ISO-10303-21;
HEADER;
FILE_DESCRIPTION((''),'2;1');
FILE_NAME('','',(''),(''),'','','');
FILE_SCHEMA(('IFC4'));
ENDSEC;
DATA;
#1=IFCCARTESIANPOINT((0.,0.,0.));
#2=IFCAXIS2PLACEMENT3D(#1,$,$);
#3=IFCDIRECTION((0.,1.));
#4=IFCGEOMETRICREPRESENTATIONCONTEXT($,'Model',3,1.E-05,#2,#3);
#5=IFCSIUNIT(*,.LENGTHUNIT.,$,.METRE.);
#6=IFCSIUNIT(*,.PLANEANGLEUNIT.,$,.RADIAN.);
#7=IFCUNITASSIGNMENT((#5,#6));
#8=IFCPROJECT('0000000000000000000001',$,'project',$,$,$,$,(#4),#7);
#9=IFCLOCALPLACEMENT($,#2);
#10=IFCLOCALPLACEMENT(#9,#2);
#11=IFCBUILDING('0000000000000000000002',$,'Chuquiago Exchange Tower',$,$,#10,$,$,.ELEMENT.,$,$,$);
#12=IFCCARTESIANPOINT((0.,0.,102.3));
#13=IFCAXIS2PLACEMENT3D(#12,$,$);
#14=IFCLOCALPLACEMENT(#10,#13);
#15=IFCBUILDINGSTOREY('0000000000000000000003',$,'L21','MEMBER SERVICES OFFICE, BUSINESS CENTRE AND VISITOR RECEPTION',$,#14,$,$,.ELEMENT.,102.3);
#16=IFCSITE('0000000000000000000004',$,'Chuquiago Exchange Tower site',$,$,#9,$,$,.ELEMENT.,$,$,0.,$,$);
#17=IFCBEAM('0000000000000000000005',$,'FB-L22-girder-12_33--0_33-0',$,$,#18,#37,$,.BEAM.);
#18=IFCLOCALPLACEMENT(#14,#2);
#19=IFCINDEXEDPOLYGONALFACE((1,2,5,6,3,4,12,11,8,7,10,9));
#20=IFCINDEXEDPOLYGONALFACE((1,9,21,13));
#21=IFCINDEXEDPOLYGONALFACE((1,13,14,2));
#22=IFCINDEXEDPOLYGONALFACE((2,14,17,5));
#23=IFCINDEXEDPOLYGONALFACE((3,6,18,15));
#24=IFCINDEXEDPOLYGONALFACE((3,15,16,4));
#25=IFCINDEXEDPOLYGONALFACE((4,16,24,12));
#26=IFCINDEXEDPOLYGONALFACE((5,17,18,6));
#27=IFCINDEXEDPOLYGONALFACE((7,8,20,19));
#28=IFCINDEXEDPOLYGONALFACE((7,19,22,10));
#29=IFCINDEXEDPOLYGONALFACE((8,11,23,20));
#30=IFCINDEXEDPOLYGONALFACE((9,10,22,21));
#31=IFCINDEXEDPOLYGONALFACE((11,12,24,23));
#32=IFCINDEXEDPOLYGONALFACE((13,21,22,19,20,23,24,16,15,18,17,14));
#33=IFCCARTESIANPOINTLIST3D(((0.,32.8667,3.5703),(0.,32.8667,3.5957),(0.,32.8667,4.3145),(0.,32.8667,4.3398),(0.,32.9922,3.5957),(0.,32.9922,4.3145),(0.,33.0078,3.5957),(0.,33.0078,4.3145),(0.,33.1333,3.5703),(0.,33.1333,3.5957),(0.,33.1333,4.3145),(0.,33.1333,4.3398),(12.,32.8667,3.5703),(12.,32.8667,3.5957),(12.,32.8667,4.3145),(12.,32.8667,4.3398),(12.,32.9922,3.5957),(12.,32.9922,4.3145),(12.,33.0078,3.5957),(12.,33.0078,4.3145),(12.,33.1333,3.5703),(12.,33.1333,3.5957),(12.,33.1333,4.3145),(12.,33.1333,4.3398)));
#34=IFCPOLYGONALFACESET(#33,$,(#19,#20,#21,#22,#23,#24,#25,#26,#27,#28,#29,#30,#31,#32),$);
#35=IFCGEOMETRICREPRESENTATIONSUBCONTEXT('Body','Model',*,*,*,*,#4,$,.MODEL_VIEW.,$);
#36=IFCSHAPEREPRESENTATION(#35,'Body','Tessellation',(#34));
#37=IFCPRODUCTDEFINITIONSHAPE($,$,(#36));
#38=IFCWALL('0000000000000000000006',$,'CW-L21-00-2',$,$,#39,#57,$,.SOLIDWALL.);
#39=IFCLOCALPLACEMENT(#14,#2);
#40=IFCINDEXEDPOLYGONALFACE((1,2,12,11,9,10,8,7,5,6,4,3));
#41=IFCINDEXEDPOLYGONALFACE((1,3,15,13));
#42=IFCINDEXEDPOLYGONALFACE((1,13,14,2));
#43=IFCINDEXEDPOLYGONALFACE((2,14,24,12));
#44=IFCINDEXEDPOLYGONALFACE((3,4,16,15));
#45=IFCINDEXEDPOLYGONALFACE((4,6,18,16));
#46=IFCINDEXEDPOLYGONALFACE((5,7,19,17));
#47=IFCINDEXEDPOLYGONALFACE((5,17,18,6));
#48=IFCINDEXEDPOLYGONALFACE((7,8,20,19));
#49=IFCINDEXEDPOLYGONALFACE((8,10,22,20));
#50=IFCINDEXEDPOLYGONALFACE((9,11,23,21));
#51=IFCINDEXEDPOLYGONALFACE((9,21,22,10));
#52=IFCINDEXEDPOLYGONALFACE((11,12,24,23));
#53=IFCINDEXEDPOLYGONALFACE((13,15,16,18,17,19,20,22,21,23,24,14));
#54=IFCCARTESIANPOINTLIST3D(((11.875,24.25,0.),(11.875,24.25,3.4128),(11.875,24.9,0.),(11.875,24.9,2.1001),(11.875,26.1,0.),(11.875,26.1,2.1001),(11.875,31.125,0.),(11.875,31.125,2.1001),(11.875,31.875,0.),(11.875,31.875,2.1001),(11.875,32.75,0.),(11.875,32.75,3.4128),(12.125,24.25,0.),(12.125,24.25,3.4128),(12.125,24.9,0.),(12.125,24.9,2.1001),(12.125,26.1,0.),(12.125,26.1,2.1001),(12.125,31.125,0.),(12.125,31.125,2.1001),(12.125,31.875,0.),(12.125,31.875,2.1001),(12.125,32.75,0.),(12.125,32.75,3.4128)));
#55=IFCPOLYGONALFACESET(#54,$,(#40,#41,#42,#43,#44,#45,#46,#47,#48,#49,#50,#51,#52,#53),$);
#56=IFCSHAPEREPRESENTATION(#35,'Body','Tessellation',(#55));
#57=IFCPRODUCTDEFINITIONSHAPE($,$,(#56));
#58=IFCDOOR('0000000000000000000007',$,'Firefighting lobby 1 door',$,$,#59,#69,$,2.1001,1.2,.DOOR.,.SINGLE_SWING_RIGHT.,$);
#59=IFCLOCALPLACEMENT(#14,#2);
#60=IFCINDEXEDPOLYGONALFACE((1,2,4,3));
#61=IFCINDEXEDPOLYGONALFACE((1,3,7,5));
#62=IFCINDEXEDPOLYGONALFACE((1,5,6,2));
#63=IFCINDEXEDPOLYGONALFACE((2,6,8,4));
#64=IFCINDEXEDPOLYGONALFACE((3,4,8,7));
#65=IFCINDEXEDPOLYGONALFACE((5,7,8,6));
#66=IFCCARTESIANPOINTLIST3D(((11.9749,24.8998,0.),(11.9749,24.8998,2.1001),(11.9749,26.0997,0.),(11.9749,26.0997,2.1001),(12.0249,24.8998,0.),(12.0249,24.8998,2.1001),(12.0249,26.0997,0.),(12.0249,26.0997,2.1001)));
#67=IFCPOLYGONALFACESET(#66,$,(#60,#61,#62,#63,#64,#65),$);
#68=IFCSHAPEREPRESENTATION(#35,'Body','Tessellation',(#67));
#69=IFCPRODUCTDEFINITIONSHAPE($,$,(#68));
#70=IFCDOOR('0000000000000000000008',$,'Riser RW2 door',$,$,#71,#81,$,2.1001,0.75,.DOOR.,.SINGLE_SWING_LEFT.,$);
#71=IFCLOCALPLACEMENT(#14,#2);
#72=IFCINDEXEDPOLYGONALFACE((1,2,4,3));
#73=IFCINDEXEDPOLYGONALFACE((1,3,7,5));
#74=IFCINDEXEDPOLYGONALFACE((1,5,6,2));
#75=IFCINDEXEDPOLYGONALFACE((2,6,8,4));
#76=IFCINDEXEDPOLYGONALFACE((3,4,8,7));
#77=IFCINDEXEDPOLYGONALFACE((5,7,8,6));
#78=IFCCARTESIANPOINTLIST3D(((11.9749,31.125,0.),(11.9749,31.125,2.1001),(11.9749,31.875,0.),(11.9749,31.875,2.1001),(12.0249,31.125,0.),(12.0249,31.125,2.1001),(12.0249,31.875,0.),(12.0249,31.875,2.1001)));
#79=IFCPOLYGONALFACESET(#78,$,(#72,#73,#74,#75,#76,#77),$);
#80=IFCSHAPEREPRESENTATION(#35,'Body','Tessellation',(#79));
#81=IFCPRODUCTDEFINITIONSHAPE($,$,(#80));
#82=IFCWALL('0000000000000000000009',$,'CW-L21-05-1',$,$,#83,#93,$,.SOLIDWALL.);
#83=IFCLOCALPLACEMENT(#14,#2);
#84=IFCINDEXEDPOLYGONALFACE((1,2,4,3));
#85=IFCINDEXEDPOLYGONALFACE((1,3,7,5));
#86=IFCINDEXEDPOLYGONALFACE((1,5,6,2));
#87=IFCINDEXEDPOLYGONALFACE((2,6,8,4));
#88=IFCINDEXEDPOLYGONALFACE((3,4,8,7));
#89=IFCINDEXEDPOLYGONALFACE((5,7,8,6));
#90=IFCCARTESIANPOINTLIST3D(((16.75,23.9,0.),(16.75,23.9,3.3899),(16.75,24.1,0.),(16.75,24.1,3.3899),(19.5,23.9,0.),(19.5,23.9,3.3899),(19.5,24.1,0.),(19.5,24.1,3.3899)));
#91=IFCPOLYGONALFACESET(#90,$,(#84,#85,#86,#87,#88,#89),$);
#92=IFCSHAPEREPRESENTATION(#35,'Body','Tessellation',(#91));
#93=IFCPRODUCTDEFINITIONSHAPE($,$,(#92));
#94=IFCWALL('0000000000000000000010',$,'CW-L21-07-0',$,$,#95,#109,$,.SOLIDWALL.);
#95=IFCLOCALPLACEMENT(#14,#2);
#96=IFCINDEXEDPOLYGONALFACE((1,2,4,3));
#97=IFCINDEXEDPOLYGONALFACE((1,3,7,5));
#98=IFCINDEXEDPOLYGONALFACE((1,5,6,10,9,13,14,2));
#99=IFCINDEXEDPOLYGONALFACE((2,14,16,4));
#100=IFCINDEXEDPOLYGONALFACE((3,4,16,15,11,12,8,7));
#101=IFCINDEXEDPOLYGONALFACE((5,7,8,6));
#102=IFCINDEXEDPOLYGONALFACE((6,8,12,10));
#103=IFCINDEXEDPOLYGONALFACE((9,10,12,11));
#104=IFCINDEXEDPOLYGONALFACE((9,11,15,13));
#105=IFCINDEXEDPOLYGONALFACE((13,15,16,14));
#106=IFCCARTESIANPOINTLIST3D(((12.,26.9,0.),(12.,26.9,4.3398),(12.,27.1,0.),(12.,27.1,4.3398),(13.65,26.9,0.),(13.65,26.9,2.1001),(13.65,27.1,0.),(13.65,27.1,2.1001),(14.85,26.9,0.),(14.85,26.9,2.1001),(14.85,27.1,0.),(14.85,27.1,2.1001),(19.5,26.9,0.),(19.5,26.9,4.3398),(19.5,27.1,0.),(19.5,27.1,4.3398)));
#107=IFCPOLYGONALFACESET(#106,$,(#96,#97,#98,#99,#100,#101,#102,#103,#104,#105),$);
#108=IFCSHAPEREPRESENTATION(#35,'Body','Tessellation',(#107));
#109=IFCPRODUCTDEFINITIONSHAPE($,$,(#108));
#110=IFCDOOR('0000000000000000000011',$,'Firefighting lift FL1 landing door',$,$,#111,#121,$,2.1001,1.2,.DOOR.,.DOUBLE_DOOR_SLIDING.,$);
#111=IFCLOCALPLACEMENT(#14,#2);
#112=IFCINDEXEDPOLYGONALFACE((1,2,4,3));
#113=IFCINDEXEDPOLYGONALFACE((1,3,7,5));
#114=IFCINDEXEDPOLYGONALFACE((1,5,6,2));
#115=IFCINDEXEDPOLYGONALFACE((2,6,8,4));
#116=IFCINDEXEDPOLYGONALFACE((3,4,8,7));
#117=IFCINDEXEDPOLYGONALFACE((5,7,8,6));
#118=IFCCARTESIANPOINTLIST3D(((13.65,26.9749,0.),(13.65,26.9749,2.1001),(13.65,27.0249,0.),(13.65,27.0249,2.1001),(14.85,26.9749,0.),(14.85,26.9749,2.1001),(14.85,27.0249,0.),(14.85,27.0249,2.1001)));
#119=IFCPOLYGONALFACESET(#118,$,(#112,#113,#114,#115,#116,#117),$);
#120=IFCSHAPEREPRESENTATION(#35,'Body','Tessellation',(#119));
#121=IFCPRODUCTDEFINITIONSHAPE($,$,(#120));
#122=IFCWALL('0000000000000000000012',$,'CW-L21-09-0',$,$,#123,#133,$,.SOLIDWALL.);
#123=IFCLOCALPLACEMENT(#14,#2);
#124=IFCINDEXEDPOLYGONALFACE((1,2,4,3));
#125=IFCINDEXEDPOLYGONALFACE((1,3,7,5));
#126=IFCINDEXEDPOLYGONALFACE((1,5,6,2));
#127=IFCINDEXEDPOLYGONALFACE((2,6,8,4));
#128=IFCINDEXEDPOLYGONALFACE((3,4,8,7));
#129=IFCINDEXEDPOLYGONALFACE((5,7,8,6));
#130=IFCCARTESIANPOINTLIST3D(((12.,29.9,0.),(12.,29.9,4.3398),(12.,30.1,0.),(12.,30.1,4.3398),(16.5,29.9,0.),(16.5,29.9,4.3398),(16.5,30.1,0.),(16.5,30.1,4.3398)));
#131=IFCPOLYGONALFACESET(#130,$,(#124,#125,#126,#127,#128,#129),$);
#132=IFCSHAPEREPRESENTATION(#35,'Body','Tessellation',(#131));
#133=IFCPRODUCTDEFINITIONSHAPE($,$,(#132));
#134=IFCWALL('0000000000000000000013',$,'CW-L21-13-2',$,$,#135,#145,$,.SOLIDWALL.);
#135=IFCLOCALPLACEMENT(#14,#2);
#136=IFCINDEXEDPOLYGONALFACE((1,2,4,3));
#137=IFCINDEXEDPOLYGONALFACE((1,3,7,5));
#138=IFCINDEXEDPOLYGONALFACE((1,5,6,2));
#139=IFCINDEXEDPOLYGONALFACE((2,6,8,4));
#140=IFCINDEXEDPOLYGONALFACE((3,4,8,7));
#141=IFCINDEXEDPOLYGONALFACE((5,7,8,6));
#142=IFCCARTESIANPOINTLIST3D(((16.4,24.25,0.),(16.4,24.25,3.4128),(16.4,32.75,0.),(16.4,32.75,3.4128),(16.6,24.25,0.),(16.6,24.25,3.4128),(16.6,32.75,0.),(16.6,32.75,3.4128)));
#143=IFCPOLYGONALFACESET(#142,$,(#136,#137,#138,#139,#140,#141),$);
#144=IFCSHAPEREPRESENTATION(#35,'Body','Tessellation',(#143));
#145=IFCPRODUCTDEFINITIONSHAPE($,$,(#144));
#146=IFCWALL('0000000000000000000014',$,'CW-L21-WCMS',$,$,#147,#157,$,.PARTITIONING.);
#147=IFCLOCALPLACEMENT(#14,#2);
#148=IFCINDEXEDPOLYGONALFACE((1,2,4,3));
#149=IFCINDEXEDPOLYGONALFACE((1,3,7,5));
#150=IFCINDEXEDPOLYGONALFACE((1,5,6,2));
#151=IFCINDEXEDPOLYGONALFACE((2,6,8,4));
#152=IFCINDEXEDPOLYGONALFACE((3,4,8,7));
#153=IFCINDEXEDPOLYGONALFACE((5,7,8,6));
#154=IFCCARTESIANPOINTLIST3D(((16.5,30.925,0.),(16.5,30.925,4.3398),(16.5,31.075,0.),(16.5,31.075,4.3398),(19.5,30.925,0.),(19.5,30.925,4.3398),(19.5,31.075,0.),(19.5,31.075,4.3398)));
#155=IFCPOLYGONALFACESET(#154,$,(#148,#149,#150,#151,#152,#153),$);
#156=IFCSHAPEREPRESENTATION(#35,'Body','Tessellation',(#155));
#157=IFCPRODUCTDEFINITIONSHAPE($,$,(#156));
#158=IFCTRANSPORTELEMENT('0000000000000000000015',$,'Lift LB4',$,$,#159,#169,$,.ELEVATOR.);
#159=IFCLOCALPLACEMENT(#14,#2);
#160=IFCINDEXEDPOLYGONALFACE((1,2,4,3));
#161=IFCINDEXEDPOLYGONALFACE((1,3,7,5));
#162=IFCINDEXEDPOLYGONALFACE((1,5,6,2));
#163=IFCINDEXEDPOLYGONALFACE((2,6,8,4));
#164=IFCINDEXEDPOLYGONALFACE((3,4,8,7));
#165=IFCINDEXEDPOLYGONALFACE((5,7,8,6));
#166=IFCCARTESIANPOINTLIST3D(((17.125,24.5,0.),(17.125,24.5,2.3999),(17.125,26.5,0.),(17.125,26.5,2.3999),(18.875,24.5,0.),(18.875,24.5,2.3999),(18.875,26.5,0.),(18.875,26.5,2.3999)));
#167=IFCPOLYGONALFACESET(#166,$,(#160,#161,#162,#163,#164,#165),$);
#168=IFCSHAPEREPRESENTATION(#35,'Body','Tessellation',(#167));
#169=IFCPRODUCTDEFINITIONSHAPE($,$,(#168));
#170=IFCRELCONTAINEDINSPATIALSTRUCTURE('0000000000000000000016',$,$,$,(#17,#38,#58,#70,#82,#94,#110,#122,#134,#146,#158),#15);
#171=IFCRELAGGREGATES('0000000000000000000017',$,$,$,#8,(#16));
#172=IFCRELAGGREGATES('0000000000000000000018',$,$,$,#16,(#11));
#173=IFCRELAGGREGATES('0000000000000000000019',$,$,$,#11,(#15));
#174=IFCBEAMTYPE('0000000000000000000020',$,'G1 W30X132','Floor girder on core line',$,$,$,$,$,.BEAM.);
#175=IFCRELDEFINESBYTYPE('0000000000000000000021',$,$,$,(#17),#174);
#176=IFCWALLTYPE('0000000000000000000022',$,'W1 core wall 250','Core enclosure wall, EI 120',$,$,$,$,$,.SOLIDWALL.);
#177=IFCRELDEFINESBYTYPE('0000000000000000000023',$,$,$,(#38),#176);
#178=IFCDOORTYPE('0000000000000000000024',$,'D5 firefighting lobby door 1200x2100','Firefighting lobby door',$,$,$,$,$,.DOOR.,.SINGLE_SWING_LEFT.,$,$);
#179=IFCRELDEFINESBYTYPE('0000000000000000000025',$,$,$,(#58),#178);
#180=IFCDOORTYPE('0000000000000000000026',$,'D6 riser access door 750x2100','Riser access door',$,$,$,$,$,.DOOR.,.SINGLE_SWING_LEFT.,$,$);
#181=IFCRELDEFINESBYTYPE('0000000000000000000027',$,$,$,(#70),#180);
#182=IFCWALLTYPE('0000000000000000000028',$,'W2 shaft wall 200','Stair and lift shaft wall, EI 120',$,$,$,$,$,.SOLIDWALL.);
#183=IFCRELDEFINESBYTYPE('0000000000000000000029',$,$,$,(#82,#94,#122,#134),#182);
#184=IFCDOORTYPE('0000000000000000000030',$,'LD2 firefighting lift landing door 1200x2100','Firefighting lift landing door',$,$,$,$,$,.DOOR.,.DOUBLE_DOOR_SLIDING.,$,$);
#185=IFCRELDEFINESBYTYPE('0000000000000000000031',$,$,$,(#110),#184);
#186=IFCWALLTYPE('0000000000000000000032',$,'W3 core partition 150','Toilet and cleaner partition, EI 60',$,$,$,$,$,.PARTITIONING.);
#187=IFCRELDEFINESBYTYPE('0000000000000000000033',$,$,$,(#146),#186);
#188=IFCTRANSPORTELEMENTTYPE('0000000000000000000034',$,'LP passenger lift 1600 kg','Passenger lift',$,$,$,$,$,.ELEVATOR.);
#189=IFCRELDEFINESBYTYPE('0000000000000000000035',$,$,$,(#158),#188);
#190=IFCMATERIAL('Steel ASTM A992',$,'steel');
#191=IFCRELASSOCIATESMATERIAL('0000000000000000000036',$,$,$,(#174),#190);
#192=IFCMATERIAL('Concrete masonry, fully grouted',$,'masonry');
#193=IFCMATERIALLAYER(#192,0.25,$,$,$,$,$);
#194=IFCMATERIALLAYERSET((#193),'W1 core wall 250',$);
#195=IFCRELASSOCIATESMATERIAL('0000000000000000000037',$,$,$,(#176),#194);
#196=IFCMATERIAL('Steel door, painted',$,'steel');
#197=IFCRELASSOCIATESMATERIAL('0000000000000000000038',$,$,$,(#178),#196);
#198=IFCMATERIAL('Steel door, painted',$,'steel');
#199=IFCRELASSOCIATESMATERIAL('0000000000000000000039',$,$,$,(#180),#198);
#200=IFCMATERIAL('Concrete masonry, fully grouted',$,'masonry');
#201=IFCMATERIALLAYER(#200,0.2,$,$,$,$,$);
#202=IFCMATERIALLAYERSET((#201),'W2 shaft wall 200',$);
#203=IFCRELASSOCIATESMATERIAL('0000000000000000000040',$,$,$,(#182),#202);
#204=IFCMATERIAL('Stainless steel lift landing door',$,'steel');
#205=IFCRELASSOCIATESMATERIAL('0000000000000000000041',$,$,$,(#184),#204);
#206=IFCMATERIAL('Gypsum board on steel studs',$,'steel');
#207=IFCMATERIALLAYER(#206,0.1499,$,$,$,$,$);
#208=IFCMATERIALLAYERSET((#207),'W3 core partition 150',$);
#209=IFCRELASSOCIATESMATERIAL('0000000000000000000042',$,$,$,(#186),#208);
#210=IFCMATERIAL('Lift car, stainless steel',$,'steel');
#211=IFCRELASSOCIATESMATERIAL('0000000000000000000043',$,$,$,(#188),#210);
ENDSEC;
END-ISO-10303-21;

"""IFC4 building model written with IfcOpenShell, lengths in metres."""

from ifc_helpers import new_model, si_unit, direction, frame, frame_2d, origin, origin_2d, place, context, subcontext, project, spatial, rectangle, i_section, extrude, material, layer, layer_set, material_profile, profile_set, type_object, element, fill, save


model = new_model("IFC4")

# Units and contexts
model_context = context("Model", 3, precision=1e-05, world=origin(), true_north=direction((0.0, 1.0)))
body_context = subcontext(model_context, "Body", "Model", "MODEL_VIEW")
ifc_project = project(units=[si_unit("LENGTHUNIT", "METRE"), si_unit("PLANEANGLEUNIT", "RADIAN")], contexts=[model_context])

# Site, building, storey
site_placement = place(None, origin())
site = spatial("IfcSite", under=ifc_project, at=site_placement, Name="Chuquiago Exchange Tower site", CompositionType="ELEMENT", RefElevation=0.0)
building_placement = place(site_placement, origin())
building = spatial("IfcBuilding", under=site, at=building_placement, Name="Chuquiago Exchange Tower", CompositionType="ELEMENT")
storey_placement = place(building_placement, frame((0.0, 0.0, 102.3)))
storey = spatial("IfcBuildingStorey", under=building, at=storey_placement, Name="L21", Description="MEMBER SERVICES OFFICE, BUSINESS CENTRE AND VISITOR RECEPTION", CompositionType="ELEMENT", Elevation=102.3)

# Beam
ifc_material_1 = material(Name="Steel ASTM A992", Category="steel")
ifc_material_profile_1 = material_profile(ifc_material_1, i_section(OverallWidth=0.2666, OverallDepth=0.7695, WebThickness=0.0156, FlangeThickness=0.0254, at=origin_2d()), Name="W30X132")
ifc_profile_set_1 = profile_set([ifc_material_profile_1], Name="Steel ASTM A992")
beam_type_1 = type_object("IfcBeamType", Name="G1 W30X132", Description="Floor girder on core line", PredefinedType="BEAM", material=ifc_profile_set_1)
for number, where, z_axis, x_axis, name in (
    (1, (12.0, 33.0, 3.9551), (-1.0, 0.0, 0.0), (0.0, -1.0, 0.0), "FB-L22-girder-12_33--0_33-0"),
):
    element("IfcBeam", number, at=place(storey_placement, frame(where, z_axis=z_axis, x_axis=x_axis)), inside=storey, type_object=beam_type_1, Name=name, PredefinedType="BEAM", context=body_context, shape_type="SweptSolid", body=[
        extrude(i_section(OverallWidth=0.2666, OverallDepth=0.7695, WebThickness=0.0156, FlangeThickness=0.0254, at=origin_2d()), origin(), (0.0, 0.0, 1.0), 12.0),
    ])

# Wall, openings, doors
ifc_material_2 = material(Name="Concrete masonry, fully grouted", Category="masonry")
ifc_layer_1 = layer(ifc_material_2, 0.25)
ifc_layer_set_1 = layer_set([ifc_layer_1], Name="W1 core wall 250")
wall_type_1 = type_object("IfcWallType", Name="W1 core wall 250", Description="Core enclosure wall, EI 120", PredefinedType="SOLIDWALL", material=ifc_layer_set_1)
wall_1_placement = place(storey_placement, frame((12.0, 24.25, 0.0), z_axis=(0.0, 0.0, 1.0), x_axis=(0.0, 1.0, 0.0)))
wall_1 = element("IfcWall", 2, at=wall_1_placement, inside=storey, type_object=wall_type_1, Name="CW-L21-00-2", PredefinedType="SOLIDWALL", context=body_context, shape_type="SweptSolid", body=[
    extrude(rectangle(XDim=8.5, YDim=0.25, at=frame_2d((4.25, 0.0))), origin(), (0.0, 0.0, 1.0), 3.4128),
])
opening_1_placement = place(wall_1_placement, frame((0.6499, 0.0, 0.0)))
opening_1 = element("IfcOpeningElement", 3, at=opening_1_placement, cuts=wall_1, PredefinedType="OPENING", context=body_context, shape_type="SweptSolid", body=[
    extrude(rectangle(XDim=1.2, YDim=2.1001, at=frame_2d((0.6001, 1.05))), frame((0.0, 0.135, 0.0), z_axis=(0.0, -1.0, 0.0), x_axis=(1.0, 0.0, 0.0)), (0.0, 0.0, 1.0), 0.27),
])
opening_2_placement = place(wall_1_placement, frame((6.875, 0.0, 0.0)))
opening_2 = element("IfcOpeningElement", 4, at=opening_2_placement, cuts=wall_1, PredefinedType="OPENING", context=body_context, shape_type="SweptSolid", body=[
    extrude(rectangle(XDim=0.75, YDim=2.1001, at=frame_2d((0.375, 1.05))), frame((0.0, 0.135, 0.0), z_axis=(0.0, -1.0, 0.0), x_axis=(1.0, 0.0, 0.0)), (0.0, 0.0, 1.0), 0.27),
])
ifc_material_3 = material(Name="Steel door, painted", Category="steel")
door_type_1 = type_object("IfcDoorType", Name="D5 firefighting lobby door 1200x2100", Description="Firefighting lobby door", OperationType="SINGLE_SWING_LEFT", PredefinedType="DOOR", material=ifc_material_3)
door_1_placement = place(opening_1_placement, frame((1.2, 0.0, 0.0), z_axis=(0.0, 0.0, 1.0), x_axis=(-1.0, 0.0, 0.0)))
door_1 = element("IfcDoor", 5, at=door_1_placement, inside=storey, type_object=door_type_1, Name="Firefighting lobby 1 door", OperationType="SINGLE_SWING_RIGHT", OverallHeight=2.1001, OverallWidth=1.2, PredefinedType="DOOR", context=body_context, shape_type="SweptSolid", body=[
    extrude(rectangle(XDim=1.2, YDim=2.1001, at=frame_2d((0.6001, 1.05))), frame((0.0, 0.0249, 0.0), z_axis=(0.0, -1.0, 0.0), x_axis=(1.0, 0.0, 0.0)), (0.0, 0.0, 1.0), 0.05),
])
fill(opening_1, door_1)
ifc_material_4 = material(Name="Steel door, painted", Category="steel")
door_type_2 = type_object("IfcDoorType", Name="D6 riser access door 750x2100", Description="Riser access door", OperationType="SINGLE_SWING_LEFT", PredefinedType="DOOR", material=ifc_material_4)
door_2_placement = place(opening_2_placement, frame((0.75, 0.0, 0.0), z_axis=(0.0, 0.0, 1.0), x_axis=(-1.0, 0.0, 0.0)))
door_2 = element("IfcDoor", 6, at=door_2_placement, inside=storey, type_object=door_type_2, Name="Riser RW2 door", OperationType="SINGLE_SWING_LEFT", OverallHeight=2.1001, OverallWidth=0.75, PredefinedType="DOOR", context=body_context, shape_type="SweptSolid", body=[
    extrude(rectangle(XDim=0.75, YDim=2.1001, at=frame_2d((0.375, 1.05))), frame((0.0, 0.0249, 0.0), z_axis=(0.0, -1.0, 0.0), x_axis=(1.0, 0.0, 0.0)), (0.0, 0.0, 1.0), 0.05),
])
fill(opening_2, door_2)

# Wall
ifc_material_5 = material(Name="Concrete masonry, fully grouted", Category="masonry")
ifc_layer_2 = layer(ifc_material_5, 0.2)
ifc_layer_set_2 = layer_set([ifc_layer_2], Name="W2 shaft wall 200")
wall_type_2 = type_object("IfcWallType", Name="W2 shaft wall 200", Description="Stair and lift shaft wall, EI 120", PredefinedType="SOLIDWALL", material=ifc_layer_set_2)
wall_2_placement = place(storey_placement, frame((16.75, 24.0, 0.0), z_axis=(0.0, 0.0, 1.0), x_axis=(1.0, 0.0, 0.0)))
element("IfcWall", 7, at=wall_2_placement, inside=storey, type_object=wall_type_2, Name="CW-L21-05-1", PredefinedType="SOLIDWALL", context=body_context, shape_type="SweptSolid", body=[
    extrude(rectangle(XDim=2.75, YDim=0.2, at=frame_2d((1.375, 0.0))), origin(), (0.0, 0.0, 1.0), 3.3899),
])

# Wall, opening, door
wall_3_placement = place(storey_placement, frame((12.0, 27.0, 0.0), z_axis=(0.0, 0.0, 1.0), x_axis=(1.0, 0.0, 0.0)))
wall_3 = element("IfcWall", 8, at=wall_3_placement, inside=storey, type_object=wall_type_2, Name="CW-L21-07-0", PredefinedType="SOLIDWALL", context=body_context, shape_type="SweptSolid", body=[
    extrude(rectangle(XDim=7.5, YDim=0.2, at=frame_2d((3.75, 0.0))), origin(), (0.0, 0.0, 1.0), 4.3398),
])
opening_3_placement = place(wall_3_placement, frame((1.6499, 0.0, 0.0)))
opening_3 = element("IfcOpeningElement", 9, at=opening_3_placement, cuts=wall_3, PredefinedType="OPENING", context=body_context, shape_type="SweptSolid", body=[
    extrude(rectangle(XDim=1.2, YDim=2.1001, at=frame_2d((0.6001, 1.05))), frame((0.0, 0.1099, 0.0), z_axis=(0.0, -1.0, 0.0), x_axis=(1.0, 0.0, 0.0)), (0.0, 0.0, 1.0), 0.22),
])
ifc_material_6 = material(Name="Stainless steel lift landing door", Category="steel")
door_type_3 = type_object("IfcDoorType", Name="LD2 firefighting lift landing door 1200x2100", Description="Firefighting lift landing door", OperationType="DOUBLE_DOOR_SLIDING", PredefinedType="DOOR", material=ifc_material_6)
door_3_placement = place(opening_3_placement, origin())
door_3 = element("IfcDoor", 10, at=door_3_placement, inside=storey, type_object=door_type_3, Name="Firefighting lift FL1 landing door", OperationType="DOUBLE_DOOR_SLIDING", OverallHeight=2.1001, OverallWidth=1.2, PredefinedType="DOOR", context=body_context, shape_type="SweptSolid", body=[
    extrude(rectangle(XDim=1.2, YDim=2.1001, at=frame_2d((0.6001, 1.05))), frame((0.0, 0.0249, 0.0), z_axis=(0.0, -1.0, 0.0), x_axis=(1.0, 0.0, 0.0)), (0.0, 0.0, 1.0), 0.05),
])
fill(opening_3, door_3)

# Walls
wall_4_placement = place(storey_placement, frame((12.0, 30.0, 0.0), z_axis=(0.0, 0.0, 1.0), x_axis=(1.0, 0.0, 0.0)))
element("IfcWall", 11, at=wall_4_placement, inside=storey, type_object=wall_type_2, Name="CW-L21-09-0", PredefinedType="SOLIDWALL", context=body_context, shape_type="SweptSolid", body=[
    extrude(rectangle(XDim=4.5, YDim=0.2, at=frame_2d((2.25, 0.0))), origin(), (0.0, 0.0, 1.0), 4.3398),
])
wall_5_placement = place(storey_placement, frame((16.5, 24.25, 0.0), z_axis=(0.0, 0.0, 1.0), x_axis=(0.0, 1.0, 0.0)))
element("IfcWall", 12, at=wall_5_placement, inside=storey, type_object=wall_type_2, Name="CW-L21-13-2", PredefinedType="SOLIDWALL", context=body_context, shape_type="SweptSolid", body=[
    extrude(rectangle(XDim=8.5, YDim=0.2, at=frame_2d((4.25, 0.0))), origin(), (0.0, 0.0, 1.0), 3.4128),
])
ifc_material_7 = material(Name="Gypsum board on steel studs", Category="steel")
ifc_layer_3 = layer(ifc_material_7, 0.1499)
ifc_layer_set_3 = layer_set([ifc_layer_3], Name="W3 core partition 150")
wall_type_3 = type_object("IfcWallType", Name="W3 core partition 150", Description="Toilet and cleaner partition, EI 60", PredefinedType="PARTITIONING", material=ifc_layer_set_3)
wall_6_placement = place(storey_placement, frame((16.5, 31.0, 0.0), z_axis=(0.0, 0.0, 1.0), x_axis=(1.0, 0.0, 0.0)))
element("IfcWall", 13, at=wall_6_placement, inside=storey, type_object=wall_type_3, Name="CW-L21-WCMS", PredefinedType="PARTITIONING", context=body_context, shape_type="SweptSolid", body=[
    extrude(rectangle(XDim=3.0, YDim=0.1499, at=frame_2d((1.5, 0.0))), origin(), (0.0, 0.0, 1.0), 4.3398),
])

# Transport element
ifc_material_8 = material(Name="Lift car, stainless steel", Category="steel")
transport_element_type = type_object("IfcTransportElementType", Name="LP passenger lift 1600 kg", Description="Passenger lift", PredefinedType="ELEVATOR", material=ifc_material_8)
transport_element_placement = place(storey_placement, frame((18.0, 25.5, 0.0), z_axis=(0.0, 0.0, 1.0), x_axis=(1.0, 0.0, 0.0)))
element("IfcTransportElement", 14, at=transport_element_placement, inside=storey, type_object=transport_element_type, Name="Lift LB4", PredefinedType="ELEVATOR", context=body_context, shape_type="SweptSolid", body=[
    extrude(rectangle(XDim=1.75, YDim=2.0, at=origin_2d()), origin(), (0.0, 0.0, 1.0), 2.3999),
])

save(model, "model.ifc")
